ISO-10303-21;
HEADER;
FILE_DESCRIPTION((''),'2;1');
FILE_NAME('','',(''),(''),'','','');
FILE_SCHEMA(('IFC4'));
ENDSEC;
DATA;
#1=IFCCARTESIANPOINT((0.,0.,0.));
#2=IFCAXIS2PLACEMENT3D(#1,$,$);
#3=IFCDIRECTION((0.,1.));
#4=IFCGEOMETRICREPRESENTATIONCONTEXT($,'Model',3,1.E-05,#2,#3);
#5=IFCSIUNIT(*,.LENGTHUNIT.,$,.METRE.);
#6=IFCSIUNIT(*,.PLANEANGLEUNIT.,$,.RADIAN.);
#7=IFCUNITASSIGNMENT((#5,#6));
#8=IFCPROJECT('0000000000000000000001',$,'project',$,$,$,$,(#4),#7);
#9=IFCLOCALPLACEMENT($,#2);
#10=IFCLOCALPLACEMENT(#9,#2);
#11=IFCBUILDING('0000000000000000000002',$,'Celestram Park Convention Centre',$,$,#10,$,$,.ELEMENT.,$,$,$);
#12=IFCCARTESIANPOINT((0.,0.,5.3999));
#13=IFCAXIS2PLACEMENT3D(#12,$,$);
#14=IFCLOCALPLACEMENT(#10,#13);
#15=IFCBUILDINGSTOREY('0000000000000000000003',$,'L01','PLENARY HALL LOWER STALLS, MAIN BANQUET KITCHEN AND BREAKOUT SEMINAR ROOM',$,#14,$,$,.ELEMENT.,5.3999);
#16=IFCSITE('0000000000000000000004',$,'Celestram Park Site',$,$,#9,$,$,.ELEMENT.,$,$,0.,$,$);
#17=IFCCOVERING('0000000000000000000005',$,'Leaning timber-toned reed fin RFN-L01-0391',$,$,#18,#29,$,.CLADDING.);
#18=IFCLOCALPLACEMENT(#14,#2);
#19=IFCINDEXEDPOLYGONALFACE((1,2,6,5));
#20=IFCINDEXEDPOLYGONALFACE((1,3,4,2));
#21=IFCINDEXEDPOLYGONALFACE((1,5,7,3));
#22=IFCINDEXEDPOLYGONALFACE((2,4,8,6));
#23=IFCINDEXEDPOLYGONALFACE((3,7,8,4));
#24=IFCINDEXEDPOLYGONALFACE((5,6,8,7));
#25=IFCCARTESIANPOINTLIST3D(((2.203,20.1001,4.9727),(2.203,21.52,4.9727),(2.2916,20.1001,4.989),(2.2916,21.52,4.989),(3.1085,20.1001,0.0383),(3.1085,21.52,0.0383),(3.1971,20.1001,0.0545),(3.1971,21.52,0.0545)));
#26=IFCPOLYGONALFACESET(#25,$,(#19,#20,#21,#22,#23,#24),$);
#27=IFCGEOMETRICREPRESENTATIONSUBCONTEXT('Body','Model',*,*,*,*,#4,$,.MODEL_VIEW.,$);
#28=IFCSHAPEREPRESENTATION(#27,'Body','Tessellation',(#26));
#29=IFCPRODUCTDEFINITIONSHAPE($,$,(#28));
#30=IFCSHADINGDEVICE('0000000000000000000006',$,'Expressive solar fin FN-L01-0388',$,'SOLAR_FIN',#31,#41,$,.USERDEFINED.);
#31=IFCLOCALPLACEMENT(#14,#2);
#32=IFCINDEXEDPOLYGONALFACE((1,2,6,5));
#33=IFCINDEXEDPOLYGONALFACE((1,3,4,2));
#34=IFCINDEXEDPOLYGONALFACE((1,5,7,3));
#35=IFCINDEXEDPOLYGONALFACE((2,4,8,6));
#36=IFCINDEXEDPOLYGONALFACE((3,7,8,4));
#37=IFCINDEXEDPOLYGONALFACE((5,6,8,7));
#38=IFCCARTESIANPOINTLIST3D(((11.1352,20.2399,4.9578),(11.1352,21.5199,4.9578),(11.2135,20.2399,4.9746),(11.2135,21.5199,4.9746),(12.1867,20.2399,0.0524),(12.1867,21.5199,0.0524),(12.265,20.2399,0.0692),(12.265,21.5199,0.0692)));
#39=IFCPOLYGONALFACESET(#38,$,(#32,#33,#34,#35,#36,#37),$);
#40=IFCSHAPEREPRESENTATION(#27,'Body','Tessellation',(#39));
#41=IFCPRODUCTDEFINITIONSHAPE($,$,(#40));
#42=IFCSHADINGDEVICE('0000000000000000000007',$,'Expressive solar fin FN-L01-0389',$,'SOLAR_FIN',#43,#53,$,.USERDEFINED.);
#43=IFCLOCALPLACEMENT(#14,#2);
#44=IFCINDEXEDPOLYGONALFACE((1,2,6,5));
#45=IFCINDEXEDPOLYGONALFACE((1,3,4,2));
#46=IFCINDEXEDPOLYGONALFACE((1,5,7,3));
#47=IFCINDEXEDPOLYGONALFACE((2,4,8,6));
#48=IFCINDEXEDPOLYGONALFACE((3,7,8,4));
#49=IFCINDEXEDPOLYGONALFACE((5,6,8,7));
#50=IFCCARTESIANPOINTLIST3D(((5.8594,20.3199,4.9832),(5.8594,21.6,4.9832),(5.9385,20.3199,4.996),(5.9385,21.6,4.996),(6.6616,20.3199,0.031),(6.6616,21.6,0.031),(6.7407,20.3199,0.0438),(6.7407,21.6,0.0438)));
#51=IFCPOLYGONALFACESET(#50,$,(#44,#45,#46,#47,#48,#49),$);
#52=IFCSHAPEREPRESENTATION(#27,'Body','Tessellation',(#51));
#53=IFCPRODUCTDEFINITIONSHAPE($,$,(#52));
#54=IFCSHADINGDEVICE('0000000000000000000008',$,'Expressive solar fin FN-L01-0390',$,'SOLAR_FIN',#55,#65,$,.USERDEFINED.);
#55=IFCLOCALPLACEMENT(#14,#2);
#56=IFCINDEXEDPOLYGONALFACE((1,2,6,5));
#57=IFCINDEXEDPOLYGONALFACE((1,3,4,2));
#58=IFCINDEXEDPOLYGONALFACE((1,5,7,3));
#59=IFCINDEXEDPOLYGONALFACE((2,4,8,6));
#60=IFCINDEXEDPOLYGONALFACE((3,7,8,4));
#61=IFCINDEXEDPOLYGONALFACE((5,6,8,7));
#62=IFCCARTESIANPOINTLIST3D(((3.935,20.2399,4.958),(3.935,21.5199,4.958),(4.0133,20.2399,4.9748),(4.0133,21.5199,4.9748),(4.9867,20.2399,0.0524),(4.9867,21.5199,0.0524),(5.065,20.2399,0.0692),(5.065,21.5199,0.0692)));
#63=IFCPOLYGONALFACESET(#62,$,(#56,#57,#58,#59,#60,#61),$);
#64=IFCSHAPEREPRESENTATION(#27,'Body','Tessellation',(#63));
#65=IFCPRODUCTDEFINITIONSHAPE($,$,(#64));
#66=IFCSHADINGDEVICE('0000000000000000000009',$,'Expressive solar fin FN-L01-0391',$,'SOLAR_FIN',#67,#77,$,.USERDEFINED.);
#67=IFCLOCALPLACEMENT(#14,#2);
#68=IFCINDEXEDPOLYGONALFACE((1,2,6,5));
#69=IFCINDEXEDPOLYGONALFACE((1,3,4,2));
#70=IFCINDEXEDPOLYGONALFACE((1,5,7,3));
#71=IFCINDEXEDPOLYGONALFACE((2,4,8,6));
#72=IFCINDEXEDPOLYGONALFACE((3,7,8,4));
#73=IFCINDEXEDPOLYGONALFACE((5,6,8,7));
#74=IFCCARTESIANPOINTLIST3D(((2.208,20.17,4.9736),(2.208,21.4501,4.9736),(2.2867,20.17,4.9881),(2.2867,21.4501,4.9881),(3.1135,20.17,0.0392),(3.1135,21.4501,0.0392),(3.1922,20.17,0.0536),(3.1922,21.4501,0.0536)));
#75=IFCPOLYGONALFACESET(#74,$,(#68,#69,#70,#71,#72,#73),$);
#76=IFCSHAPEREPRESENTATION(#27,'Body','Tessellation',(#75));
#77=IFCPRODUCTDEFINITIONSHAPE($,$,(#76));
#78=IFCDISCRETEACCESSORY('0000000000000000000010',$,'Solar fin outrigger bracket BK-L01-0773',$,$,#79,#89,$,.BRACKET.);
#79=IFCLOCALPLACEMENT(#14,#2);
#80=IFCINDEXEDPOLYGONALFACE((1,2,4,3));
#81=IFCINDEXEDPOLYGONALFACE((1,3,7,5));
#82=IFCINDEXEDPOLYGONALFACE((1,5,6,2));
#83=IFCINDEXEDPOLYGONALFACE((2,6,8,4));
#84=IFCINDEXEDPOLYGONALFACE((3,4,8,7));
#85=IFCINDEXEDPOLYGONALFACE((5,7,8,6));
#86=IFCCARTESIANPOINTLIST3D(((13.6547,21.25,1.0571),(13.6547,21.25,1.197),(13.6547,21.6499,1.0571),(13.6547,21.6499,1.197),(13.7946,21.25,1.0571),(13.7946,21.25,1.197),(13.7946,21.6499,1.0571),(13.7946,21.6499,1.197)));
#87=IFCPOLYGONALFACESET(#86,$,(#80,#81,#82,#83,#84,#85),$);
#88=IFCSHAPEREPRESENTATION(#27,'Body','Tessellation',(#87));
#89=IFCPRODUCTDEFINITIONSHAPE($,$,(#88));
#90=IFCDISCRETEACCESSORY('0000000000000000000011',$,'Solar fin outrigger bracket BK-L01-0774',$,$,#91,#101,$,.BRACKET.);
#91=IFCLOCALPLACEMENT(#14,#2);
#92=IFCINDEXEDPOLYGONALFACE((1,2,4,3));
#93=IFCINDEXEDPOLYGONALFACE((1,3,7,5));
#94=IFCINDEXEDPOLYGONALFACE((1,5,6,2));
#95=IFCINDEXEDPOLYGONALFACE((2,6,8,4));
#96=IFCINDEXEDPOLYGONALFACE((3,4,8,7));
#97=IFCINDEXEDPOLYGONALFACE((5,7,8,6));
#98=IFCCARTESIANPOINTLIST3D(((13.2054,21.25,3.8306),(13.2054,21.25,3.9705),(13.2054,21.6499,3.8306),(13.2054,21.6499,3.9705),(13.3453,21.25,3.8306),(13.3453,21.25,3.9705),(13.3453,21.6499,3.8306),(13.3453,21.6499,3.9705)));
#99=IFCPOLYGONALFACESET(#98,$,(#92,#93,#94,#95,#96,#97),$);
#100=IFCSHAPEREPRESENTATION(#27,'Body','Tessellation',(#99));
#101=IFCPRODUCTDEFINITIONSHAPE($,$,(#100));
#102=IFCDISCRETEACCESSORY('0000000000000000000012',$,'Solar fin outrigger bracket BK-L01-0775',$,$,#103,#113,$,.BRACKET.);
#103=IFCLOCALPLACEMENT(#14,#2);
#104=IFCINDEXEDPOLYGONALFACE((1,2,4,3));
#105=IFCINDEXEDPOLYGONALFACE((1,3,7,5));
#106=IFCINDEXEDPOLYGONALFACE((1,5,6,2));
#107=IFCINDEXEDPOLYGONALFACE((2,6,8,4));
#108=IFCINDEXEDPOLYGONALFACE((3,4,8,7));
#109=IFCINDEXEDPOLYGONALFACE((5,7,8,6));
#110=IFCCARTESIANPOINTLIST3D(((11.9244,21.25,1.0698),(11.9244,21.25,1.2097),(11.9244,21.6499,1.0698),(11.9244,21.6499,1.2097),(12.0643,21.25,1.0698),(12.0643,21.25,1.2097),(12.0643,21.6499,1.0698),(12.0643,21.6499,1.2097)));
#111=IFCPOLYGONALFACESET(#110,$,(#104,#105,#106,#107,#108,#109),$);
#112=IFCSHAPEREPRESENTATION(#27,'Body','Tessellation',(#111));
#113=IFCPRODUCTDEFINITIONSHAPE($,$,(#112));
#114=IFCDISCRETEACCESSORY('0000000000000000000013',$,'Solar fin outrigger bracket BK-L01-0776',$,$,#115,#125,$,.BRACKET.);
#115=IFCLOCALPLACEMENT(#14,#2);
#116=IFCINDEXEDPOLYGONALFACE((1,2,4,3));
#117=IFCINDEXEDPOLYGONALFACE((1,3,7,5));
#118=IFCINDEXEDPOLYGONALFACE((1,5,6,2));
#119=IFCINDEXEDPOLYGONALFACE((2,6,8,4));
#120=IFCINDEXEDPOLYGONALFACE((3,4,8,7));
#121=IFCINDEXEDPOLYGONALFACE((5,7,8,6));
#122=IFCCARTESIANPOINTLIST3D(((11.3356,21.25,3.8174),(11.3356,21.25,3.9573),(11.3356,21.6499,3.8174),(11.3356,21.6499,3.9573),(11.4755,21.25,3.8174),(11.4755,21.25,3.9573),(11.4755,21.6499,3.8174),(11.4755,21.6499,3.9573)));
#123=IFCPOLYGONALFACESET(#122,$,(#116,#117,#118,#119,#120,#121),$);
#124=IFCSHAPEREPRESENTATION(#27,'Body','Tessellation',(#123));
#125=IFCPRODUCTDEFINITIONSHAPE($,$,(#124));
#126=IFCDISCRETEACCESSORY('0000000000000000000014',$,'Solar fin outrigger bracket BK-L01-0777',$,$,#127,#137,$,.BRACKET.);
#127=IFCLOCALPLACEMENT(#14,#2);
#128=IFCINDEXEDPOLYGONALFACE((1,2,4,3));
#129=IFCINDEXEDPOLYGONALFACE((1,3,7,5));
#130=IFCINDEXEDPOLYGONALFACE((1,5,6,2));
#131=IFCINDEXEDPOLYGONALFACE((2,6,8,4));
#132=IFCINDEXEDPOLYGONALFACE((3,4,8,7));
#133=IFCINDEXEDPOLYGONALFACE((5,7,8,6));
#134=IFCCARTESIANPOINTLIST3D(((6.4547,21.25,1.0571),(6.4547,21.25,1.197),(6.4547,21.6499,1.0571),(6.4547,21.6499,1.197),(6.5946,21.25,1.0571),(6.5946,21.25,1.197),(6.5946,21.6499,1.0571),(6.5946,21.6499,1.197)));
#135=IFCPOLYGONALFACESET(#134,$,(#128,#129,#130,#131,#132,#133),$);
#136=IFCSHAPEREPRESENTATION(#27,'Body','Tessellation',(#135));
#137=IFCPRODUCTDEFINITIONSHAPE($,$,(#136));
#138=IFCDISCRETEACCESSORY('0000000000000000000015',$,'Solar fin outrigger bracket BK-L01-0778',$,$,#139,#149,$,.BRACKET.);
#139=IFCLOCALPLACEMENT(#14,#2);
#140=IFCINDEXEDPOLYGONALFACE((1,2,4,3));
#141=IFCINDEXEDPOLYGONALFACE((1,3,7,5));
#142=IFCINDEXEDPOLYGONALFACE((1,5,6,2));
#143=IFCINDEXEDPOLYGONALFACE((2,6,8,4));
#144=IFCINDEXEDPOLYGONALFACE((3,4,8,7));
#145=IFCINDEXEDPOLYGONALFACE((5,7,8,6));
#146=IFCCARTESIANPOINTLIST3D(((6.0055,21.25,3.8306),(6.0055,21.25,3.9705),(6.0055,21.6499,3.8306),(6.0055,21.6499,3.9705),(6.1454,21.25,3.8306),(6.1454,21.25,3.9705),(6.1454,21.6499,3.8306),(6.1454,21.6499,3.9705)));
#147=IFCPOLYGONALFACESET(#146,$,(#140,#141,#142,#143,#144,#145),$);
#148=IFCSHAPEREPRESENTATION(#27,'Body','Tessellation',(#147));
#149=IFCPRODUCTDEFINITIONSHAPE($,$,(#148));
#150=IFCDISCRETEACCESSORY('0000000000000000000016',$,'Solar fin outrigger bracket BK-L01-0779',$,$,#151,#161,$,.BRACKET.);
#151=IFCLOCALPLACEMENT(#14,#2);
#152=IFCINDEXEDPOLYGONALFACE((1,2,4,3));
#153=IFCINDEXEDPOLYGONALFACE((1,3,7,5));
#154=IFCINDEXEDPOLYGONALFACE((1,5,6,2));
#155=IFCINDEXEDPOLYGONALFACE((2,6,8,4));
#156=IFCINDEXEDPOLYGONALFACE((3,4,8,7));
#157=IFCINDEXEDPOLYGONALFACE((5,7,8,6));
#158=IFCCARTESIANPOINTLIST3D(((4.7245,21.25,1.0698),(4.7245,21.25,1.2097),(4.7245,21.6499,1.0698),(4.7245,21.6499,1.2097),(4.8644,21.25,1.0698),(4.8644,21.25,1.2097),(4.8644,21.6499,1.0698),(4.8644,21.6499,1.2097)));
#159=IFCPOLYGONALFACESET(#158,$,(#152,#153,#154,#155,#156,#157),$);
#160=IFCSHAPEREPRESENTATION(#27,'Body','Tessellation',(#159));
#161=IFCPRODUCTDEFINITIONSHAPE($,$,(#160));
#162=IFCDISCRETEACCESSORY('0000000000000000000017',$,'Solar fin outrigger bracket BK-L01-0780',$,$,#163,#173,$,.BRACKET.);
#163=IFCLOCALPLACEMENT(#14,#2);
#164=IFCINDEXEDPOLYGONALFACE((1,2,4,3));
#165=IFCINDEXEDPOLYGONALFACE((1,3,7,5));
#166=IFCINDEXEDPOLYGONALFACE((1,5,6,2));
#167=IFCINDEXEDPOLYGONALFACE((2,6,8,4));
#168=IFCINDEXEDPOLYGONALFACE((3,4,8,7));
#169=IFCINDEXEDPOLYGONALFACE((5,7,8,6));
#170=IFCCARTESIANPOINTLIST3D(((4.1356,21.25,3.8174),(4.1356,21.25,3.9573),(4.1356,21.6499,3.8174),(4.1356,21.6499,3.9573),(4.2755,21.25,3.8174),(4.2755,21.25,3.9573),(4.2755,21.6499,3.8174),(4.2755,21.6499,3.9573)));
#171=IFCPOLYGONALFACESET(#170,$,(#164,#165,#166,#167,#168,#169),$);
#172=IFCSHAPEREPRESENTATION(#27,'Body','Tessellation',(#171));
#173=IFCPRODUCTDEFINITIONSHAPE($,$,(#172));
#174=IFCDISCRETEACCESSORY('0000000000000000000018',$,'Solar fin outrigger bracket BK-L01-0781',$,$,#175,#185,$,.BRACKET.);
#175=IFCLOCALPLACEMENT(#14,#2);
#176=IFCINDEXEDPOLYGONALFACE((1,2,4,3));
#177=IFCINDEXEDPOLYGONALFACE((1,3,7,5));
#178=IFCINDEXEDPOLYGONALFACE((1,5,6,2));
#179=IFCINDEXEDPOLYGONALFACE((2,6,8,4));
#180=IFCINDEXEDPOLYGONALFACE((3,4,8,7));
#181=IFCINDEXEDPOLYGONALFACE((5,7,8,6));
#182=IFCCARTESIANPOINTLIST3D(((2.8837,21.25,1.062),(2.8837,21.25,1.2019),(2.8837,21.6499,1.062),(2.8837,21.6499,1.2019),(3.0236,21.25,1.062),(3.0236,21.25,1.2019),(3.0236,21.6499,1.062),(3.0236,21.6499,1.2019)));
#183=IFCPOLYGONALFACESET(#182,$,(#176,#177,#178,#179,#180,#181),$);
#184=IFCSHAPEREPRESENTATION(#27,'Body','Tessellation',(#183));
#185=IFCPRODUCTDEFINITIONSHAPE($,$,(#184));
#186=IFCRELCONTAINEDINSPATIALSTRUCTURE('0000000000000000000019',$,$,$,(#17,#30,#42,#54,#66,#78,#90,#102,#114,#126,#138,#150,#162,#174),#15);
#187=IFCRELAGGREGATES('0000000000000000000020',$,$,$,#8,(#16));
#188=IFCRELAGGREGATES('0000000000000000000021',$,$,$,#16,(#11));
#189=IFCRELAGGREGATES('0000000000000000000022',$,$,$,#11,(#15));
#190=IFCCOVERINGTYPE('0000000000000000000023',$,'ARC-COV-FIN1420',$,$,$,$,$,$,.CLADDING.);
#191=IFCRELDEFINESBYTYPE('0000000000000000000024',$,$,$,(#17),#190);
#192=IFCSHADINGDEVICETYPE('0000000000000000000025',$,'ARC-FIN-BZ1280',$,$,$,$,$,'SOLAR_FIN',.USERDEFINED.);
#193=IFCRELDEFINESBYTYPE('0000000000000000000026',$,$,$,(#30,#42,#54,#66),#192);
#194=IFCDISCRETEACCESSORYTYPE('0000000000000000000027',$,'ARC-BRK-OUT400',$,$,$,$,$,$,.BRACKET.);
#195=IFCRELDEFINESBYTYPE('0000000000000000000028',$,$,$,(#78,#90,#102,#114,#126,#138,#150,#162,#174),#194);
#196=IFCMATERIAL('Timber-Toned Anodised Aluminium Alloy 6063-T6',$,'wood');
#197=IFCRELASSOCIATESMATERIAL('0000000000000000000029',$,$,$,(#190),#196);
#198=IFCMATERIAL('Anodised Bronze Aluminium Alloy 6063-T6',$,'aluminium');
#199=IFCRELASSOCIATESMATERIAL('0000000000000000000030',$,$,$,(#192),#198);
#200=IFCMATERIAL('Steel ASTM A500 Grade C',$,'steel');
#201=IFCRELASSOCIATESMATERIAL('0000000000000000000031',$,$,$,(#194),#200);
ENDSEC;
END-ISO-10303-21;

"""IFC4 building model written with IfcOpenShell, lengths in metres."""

from ifc_helpers import new_model, si_unit, direction, frame, origin, origin_2d, place, context, subcontext, project, spatial, rectangle, extrude, material, material_profile, profile_set, type_object, element, save


model = new_model("IFC4")

# Units and contexts
model_context = context("Model", 3, precision=1e-05, world=origin(), true_north=direction((0.0, 1.0)))
body_context = subcontext(model_context, "Body", "Model", "MODEL_VIEW")
ifc_project = project(units=[si_unit("LENGTHUNIT", "METRE"), si_unit("PLANEANGLEUNIT", "RADIAN")], contexts=[model_context])

# Site, building, storey
site_placement = place(None, origin())
site = spatial("IfcSite", under=ifc_project, at=site_placement, Name="Celestram Park Site", CompositionType="ELEMENT", RefElevation=0.0)
building_placement = place(site_placement, origin())
building = spatial("IfcBuilding", under=site, at=building_placement, Name="Celestram Park Convention Centre", CompositionType="ELEMENT")
storey_placement = place(building_placement, frame((0.0, 0.0, 5.3999)))
storey = spatial("IfcBuildingStorey", under=building, at=storey_placement, Name="L01", Description="PLENARY HALL LOWER STALLS, MAIN BANQUET KITCHEN AND BREAKOUT SEMINAR ROOM", CompositionType="ELEMENT", Elevation=5.3999)

# Covering
ifc_material_1 = material(Name="Timber-Toned Anodised Aluminium Alloy 6063-T6", Category="wood")
ifc_material_profile_1 = material_profile(ifc_material_1, rectangle(XDim=1.4199, YDim=0.0901, at=origin_2d()), Name="REED1420X90")
ifc_profile_set_1 = profile_set([ifc_material_profile_1], Name="Timber-Toned Anodised Aluminium Alloy 6063-T6")
covering_type_1 = type_object("IfcCoveringType", Name="ARC-COV-FIN1420", PredefinedType="CLADDING", material=ifc_profile_set_1)
covering_1_placement = place(storey_placement, frame((3.1528, 20.8101, 0.0464), z_axis=(-0.180491, 0.0, 0.983577), x_axis=(0.0, -1.0, 0.0)))
element("IfcCovering", 1, at=covering_1_placement, inside=storey, type_object=covering_type_1, Name="Leaning timber-toned reed fin RFN-L01-0391", PredefinedType="CLADDING", context=body_context, shape_type="SweptSolid", body=[
    extrude(rectangle(XDim=1.4199, YDim=0.0901, at=origin_2d()), origin(), (0.0, 0.0, 1.0), 5.0168),
])

# Shading devices
ifc_material_2 = material(Name="Anodised Bronze Aluminium Alloy 6063-T6", Category="aluminium")
ifc_material_profile_2 = material_profile(ifc_material_2, rectangle(XDim=1.28, YDim=0.0801, at=origin_2d()), Name="FIN1280X80")
ifc_profile_set_2 = profile_set([ifc_material_profile_2], Name="Anodised Bronze Aluminium Alloy 6063-T6")
shading_device_type = type_object("IfcShadingDeviceType", Name="ARC-FIN-BZ1280", ElementType="SOLAR_FIN", PredefinedType="USERDEFINED", material=ifc_profile_set_2)
for number, where, z_axis, x_axis, name in (
    (2, (12.2258, 20.8799, 0.0608), (-0.209592, 0.0, 0.977789), (0.0, -1.0, 0.0), "Expressive solar fin FN-L01-0388"),
    (3, (6.7012, 20.96, 0.0374), (-0.159907, 0.0, 0.987132), (0.0, -1.0, 0.0), "Expressive solar fin FN-L01-0389"),
):
    element("IfcShadingDevice", number, at=place(storey_placement, frame(where, z_axis=z_axis, x_axis=x_axis)), inside=storey, type_object=shading_device_type, Name=name, ObjectType="SOLAR_FIN", PredefinedType="USERDEFINED", context=body_context, shape_type="SweptSolid", body=[
        extrude(rectangle(XDim=1.28, YDim=0.0801, at=origin_2d()), origin(), (0.0, 0.0, 1.0), 5.0168),
    ])
shading_device_1_placement = place(storey_placement, frame((5.0259, 20.8799, 0.0608), z_axis=(-0.209639, 0.0, 0.977779), x_axis=(0.0, -1.0, 0.0)))
element("IfcShadingDevice", 4, at=shading_device_1_placement, inside=storey, type_object=shading_device_type, Name="Expressive solar fin FN-L01-0390", ObjectType="SOLAR_FIN", PredefinedType="USERDEFINED", context=body_context, shape_type="SweptSolid", body=[
    extrude(rectangle(XDim=1.28, YDim=0.0801, at=origin_2d()), origin(), (0.0, 0.0, 1.0), 5.0171),
])
shading_device_2_placement = place(storey_placement, frame((3.1528, 20.8101, 0.0464), z_axis=(-0.180491, 0.0, 0.983577), x_axis=(0.0, -1.0, 0.0)))
element("IfcShadingDevice", 5, at=shading_device_2_placement, inside=storey, type_object=shading_device_type, Name="Expressive solar fin FN-L01-0391", ObjectType="SOLAR_FIN", PredefinedType="USERDEFINED", context=body_context, shape_type="SweptSolid", body=[
    extrude(rectangle(XDim=1.28, YDim=0.0801, at=origin_2d()), origin(), (0.0, 0.0, 1.0), 5.0168),
])

# Discrete accessories
ifc_material_3 = material(Name="Steel ASTM A500 Grade C", Category="steel")
discrete_accessory_type = type_object("IfcDiscreteAccessoryType", Name="ARC-BRK-OUT400", PredefinedType="BRACKET", material=ifc_material_3)
for number, where, z_axis, x_axis, name in (
    (6, (13.7246, 21.45, 1.0571), (0.0, 0.0, 1.0), (0.0, -1.0, 0.0), "Solar fin outrigger bracket BK-L01-0773"),
    (7, (13.2754, 21.45, 3.8306), (0.0, 0.0, 1.0), (0.0, -1.0, 0.0), "Solar fin outrigger bracket BK-L01-0774"),
    (8, (11.9944, 21.45, 1.0698), (0.0, 0.0, 1.0), (0.0, -1.0, 0.0), "Solar fin outrigger bracket BK-L01-0775"),
    (9, (11.4055, 21.45, 3.8174), (0.0, 0.0, 1.0), (0.0, -1.0, 0.0), "Solar fin outrigger bracket BK-L01-0776"),
    (10, (6.5247, 21.45, 1.0571), (0.0, 0.0, 1.0), (0.0, -1.0, 0.0), "Solar fin outrigger bracket BK-L01-0777"),
    (11, (6.0754, 21.45, 3.8306), (0.0, 0.0, 1.0), (0.0, -1.0, 0.0), "Solar fin outrigger bracket BK-L01-0778"),
    (12, (4.7944, 21.45, 1.0698), (0.0, 0.0, 1.0), (0.0, -1.0, 0.0), "Solar fin outrigger bracket BK-L01-0779"),
    (13, (4.2056, 21.45, 3.8174), (0.0, 0.0, 1.0), (0.0, -1.0, 0.0), "Solar fin outrigger bracket BK-L01-0780"),
    (14, (2.9536, 21.45, 1.062), (0.0, 0.0, 1.0), (0.0, -1.0, 0.0), "Solar fin outrigger bracket BK-L01-0781"),
):
    element("IfcDiscreteAccessory", number, at=place(storey_placement, frame(where, z_axis=z_axis, x_axis=x_axis)), inside=storey, type_object=discrete_accessory_type, Name=name, PredefinedType="BRACKET", context=body_context, shape_type="SweptSolid", body=[
        extrude(rectangle(XDim=0.3999, YDim=0.1399, at=origin_2d()), origin(), (0.0, 0.0, 1.0), 0.1399),
    ])

save(model, "model.ifc")
